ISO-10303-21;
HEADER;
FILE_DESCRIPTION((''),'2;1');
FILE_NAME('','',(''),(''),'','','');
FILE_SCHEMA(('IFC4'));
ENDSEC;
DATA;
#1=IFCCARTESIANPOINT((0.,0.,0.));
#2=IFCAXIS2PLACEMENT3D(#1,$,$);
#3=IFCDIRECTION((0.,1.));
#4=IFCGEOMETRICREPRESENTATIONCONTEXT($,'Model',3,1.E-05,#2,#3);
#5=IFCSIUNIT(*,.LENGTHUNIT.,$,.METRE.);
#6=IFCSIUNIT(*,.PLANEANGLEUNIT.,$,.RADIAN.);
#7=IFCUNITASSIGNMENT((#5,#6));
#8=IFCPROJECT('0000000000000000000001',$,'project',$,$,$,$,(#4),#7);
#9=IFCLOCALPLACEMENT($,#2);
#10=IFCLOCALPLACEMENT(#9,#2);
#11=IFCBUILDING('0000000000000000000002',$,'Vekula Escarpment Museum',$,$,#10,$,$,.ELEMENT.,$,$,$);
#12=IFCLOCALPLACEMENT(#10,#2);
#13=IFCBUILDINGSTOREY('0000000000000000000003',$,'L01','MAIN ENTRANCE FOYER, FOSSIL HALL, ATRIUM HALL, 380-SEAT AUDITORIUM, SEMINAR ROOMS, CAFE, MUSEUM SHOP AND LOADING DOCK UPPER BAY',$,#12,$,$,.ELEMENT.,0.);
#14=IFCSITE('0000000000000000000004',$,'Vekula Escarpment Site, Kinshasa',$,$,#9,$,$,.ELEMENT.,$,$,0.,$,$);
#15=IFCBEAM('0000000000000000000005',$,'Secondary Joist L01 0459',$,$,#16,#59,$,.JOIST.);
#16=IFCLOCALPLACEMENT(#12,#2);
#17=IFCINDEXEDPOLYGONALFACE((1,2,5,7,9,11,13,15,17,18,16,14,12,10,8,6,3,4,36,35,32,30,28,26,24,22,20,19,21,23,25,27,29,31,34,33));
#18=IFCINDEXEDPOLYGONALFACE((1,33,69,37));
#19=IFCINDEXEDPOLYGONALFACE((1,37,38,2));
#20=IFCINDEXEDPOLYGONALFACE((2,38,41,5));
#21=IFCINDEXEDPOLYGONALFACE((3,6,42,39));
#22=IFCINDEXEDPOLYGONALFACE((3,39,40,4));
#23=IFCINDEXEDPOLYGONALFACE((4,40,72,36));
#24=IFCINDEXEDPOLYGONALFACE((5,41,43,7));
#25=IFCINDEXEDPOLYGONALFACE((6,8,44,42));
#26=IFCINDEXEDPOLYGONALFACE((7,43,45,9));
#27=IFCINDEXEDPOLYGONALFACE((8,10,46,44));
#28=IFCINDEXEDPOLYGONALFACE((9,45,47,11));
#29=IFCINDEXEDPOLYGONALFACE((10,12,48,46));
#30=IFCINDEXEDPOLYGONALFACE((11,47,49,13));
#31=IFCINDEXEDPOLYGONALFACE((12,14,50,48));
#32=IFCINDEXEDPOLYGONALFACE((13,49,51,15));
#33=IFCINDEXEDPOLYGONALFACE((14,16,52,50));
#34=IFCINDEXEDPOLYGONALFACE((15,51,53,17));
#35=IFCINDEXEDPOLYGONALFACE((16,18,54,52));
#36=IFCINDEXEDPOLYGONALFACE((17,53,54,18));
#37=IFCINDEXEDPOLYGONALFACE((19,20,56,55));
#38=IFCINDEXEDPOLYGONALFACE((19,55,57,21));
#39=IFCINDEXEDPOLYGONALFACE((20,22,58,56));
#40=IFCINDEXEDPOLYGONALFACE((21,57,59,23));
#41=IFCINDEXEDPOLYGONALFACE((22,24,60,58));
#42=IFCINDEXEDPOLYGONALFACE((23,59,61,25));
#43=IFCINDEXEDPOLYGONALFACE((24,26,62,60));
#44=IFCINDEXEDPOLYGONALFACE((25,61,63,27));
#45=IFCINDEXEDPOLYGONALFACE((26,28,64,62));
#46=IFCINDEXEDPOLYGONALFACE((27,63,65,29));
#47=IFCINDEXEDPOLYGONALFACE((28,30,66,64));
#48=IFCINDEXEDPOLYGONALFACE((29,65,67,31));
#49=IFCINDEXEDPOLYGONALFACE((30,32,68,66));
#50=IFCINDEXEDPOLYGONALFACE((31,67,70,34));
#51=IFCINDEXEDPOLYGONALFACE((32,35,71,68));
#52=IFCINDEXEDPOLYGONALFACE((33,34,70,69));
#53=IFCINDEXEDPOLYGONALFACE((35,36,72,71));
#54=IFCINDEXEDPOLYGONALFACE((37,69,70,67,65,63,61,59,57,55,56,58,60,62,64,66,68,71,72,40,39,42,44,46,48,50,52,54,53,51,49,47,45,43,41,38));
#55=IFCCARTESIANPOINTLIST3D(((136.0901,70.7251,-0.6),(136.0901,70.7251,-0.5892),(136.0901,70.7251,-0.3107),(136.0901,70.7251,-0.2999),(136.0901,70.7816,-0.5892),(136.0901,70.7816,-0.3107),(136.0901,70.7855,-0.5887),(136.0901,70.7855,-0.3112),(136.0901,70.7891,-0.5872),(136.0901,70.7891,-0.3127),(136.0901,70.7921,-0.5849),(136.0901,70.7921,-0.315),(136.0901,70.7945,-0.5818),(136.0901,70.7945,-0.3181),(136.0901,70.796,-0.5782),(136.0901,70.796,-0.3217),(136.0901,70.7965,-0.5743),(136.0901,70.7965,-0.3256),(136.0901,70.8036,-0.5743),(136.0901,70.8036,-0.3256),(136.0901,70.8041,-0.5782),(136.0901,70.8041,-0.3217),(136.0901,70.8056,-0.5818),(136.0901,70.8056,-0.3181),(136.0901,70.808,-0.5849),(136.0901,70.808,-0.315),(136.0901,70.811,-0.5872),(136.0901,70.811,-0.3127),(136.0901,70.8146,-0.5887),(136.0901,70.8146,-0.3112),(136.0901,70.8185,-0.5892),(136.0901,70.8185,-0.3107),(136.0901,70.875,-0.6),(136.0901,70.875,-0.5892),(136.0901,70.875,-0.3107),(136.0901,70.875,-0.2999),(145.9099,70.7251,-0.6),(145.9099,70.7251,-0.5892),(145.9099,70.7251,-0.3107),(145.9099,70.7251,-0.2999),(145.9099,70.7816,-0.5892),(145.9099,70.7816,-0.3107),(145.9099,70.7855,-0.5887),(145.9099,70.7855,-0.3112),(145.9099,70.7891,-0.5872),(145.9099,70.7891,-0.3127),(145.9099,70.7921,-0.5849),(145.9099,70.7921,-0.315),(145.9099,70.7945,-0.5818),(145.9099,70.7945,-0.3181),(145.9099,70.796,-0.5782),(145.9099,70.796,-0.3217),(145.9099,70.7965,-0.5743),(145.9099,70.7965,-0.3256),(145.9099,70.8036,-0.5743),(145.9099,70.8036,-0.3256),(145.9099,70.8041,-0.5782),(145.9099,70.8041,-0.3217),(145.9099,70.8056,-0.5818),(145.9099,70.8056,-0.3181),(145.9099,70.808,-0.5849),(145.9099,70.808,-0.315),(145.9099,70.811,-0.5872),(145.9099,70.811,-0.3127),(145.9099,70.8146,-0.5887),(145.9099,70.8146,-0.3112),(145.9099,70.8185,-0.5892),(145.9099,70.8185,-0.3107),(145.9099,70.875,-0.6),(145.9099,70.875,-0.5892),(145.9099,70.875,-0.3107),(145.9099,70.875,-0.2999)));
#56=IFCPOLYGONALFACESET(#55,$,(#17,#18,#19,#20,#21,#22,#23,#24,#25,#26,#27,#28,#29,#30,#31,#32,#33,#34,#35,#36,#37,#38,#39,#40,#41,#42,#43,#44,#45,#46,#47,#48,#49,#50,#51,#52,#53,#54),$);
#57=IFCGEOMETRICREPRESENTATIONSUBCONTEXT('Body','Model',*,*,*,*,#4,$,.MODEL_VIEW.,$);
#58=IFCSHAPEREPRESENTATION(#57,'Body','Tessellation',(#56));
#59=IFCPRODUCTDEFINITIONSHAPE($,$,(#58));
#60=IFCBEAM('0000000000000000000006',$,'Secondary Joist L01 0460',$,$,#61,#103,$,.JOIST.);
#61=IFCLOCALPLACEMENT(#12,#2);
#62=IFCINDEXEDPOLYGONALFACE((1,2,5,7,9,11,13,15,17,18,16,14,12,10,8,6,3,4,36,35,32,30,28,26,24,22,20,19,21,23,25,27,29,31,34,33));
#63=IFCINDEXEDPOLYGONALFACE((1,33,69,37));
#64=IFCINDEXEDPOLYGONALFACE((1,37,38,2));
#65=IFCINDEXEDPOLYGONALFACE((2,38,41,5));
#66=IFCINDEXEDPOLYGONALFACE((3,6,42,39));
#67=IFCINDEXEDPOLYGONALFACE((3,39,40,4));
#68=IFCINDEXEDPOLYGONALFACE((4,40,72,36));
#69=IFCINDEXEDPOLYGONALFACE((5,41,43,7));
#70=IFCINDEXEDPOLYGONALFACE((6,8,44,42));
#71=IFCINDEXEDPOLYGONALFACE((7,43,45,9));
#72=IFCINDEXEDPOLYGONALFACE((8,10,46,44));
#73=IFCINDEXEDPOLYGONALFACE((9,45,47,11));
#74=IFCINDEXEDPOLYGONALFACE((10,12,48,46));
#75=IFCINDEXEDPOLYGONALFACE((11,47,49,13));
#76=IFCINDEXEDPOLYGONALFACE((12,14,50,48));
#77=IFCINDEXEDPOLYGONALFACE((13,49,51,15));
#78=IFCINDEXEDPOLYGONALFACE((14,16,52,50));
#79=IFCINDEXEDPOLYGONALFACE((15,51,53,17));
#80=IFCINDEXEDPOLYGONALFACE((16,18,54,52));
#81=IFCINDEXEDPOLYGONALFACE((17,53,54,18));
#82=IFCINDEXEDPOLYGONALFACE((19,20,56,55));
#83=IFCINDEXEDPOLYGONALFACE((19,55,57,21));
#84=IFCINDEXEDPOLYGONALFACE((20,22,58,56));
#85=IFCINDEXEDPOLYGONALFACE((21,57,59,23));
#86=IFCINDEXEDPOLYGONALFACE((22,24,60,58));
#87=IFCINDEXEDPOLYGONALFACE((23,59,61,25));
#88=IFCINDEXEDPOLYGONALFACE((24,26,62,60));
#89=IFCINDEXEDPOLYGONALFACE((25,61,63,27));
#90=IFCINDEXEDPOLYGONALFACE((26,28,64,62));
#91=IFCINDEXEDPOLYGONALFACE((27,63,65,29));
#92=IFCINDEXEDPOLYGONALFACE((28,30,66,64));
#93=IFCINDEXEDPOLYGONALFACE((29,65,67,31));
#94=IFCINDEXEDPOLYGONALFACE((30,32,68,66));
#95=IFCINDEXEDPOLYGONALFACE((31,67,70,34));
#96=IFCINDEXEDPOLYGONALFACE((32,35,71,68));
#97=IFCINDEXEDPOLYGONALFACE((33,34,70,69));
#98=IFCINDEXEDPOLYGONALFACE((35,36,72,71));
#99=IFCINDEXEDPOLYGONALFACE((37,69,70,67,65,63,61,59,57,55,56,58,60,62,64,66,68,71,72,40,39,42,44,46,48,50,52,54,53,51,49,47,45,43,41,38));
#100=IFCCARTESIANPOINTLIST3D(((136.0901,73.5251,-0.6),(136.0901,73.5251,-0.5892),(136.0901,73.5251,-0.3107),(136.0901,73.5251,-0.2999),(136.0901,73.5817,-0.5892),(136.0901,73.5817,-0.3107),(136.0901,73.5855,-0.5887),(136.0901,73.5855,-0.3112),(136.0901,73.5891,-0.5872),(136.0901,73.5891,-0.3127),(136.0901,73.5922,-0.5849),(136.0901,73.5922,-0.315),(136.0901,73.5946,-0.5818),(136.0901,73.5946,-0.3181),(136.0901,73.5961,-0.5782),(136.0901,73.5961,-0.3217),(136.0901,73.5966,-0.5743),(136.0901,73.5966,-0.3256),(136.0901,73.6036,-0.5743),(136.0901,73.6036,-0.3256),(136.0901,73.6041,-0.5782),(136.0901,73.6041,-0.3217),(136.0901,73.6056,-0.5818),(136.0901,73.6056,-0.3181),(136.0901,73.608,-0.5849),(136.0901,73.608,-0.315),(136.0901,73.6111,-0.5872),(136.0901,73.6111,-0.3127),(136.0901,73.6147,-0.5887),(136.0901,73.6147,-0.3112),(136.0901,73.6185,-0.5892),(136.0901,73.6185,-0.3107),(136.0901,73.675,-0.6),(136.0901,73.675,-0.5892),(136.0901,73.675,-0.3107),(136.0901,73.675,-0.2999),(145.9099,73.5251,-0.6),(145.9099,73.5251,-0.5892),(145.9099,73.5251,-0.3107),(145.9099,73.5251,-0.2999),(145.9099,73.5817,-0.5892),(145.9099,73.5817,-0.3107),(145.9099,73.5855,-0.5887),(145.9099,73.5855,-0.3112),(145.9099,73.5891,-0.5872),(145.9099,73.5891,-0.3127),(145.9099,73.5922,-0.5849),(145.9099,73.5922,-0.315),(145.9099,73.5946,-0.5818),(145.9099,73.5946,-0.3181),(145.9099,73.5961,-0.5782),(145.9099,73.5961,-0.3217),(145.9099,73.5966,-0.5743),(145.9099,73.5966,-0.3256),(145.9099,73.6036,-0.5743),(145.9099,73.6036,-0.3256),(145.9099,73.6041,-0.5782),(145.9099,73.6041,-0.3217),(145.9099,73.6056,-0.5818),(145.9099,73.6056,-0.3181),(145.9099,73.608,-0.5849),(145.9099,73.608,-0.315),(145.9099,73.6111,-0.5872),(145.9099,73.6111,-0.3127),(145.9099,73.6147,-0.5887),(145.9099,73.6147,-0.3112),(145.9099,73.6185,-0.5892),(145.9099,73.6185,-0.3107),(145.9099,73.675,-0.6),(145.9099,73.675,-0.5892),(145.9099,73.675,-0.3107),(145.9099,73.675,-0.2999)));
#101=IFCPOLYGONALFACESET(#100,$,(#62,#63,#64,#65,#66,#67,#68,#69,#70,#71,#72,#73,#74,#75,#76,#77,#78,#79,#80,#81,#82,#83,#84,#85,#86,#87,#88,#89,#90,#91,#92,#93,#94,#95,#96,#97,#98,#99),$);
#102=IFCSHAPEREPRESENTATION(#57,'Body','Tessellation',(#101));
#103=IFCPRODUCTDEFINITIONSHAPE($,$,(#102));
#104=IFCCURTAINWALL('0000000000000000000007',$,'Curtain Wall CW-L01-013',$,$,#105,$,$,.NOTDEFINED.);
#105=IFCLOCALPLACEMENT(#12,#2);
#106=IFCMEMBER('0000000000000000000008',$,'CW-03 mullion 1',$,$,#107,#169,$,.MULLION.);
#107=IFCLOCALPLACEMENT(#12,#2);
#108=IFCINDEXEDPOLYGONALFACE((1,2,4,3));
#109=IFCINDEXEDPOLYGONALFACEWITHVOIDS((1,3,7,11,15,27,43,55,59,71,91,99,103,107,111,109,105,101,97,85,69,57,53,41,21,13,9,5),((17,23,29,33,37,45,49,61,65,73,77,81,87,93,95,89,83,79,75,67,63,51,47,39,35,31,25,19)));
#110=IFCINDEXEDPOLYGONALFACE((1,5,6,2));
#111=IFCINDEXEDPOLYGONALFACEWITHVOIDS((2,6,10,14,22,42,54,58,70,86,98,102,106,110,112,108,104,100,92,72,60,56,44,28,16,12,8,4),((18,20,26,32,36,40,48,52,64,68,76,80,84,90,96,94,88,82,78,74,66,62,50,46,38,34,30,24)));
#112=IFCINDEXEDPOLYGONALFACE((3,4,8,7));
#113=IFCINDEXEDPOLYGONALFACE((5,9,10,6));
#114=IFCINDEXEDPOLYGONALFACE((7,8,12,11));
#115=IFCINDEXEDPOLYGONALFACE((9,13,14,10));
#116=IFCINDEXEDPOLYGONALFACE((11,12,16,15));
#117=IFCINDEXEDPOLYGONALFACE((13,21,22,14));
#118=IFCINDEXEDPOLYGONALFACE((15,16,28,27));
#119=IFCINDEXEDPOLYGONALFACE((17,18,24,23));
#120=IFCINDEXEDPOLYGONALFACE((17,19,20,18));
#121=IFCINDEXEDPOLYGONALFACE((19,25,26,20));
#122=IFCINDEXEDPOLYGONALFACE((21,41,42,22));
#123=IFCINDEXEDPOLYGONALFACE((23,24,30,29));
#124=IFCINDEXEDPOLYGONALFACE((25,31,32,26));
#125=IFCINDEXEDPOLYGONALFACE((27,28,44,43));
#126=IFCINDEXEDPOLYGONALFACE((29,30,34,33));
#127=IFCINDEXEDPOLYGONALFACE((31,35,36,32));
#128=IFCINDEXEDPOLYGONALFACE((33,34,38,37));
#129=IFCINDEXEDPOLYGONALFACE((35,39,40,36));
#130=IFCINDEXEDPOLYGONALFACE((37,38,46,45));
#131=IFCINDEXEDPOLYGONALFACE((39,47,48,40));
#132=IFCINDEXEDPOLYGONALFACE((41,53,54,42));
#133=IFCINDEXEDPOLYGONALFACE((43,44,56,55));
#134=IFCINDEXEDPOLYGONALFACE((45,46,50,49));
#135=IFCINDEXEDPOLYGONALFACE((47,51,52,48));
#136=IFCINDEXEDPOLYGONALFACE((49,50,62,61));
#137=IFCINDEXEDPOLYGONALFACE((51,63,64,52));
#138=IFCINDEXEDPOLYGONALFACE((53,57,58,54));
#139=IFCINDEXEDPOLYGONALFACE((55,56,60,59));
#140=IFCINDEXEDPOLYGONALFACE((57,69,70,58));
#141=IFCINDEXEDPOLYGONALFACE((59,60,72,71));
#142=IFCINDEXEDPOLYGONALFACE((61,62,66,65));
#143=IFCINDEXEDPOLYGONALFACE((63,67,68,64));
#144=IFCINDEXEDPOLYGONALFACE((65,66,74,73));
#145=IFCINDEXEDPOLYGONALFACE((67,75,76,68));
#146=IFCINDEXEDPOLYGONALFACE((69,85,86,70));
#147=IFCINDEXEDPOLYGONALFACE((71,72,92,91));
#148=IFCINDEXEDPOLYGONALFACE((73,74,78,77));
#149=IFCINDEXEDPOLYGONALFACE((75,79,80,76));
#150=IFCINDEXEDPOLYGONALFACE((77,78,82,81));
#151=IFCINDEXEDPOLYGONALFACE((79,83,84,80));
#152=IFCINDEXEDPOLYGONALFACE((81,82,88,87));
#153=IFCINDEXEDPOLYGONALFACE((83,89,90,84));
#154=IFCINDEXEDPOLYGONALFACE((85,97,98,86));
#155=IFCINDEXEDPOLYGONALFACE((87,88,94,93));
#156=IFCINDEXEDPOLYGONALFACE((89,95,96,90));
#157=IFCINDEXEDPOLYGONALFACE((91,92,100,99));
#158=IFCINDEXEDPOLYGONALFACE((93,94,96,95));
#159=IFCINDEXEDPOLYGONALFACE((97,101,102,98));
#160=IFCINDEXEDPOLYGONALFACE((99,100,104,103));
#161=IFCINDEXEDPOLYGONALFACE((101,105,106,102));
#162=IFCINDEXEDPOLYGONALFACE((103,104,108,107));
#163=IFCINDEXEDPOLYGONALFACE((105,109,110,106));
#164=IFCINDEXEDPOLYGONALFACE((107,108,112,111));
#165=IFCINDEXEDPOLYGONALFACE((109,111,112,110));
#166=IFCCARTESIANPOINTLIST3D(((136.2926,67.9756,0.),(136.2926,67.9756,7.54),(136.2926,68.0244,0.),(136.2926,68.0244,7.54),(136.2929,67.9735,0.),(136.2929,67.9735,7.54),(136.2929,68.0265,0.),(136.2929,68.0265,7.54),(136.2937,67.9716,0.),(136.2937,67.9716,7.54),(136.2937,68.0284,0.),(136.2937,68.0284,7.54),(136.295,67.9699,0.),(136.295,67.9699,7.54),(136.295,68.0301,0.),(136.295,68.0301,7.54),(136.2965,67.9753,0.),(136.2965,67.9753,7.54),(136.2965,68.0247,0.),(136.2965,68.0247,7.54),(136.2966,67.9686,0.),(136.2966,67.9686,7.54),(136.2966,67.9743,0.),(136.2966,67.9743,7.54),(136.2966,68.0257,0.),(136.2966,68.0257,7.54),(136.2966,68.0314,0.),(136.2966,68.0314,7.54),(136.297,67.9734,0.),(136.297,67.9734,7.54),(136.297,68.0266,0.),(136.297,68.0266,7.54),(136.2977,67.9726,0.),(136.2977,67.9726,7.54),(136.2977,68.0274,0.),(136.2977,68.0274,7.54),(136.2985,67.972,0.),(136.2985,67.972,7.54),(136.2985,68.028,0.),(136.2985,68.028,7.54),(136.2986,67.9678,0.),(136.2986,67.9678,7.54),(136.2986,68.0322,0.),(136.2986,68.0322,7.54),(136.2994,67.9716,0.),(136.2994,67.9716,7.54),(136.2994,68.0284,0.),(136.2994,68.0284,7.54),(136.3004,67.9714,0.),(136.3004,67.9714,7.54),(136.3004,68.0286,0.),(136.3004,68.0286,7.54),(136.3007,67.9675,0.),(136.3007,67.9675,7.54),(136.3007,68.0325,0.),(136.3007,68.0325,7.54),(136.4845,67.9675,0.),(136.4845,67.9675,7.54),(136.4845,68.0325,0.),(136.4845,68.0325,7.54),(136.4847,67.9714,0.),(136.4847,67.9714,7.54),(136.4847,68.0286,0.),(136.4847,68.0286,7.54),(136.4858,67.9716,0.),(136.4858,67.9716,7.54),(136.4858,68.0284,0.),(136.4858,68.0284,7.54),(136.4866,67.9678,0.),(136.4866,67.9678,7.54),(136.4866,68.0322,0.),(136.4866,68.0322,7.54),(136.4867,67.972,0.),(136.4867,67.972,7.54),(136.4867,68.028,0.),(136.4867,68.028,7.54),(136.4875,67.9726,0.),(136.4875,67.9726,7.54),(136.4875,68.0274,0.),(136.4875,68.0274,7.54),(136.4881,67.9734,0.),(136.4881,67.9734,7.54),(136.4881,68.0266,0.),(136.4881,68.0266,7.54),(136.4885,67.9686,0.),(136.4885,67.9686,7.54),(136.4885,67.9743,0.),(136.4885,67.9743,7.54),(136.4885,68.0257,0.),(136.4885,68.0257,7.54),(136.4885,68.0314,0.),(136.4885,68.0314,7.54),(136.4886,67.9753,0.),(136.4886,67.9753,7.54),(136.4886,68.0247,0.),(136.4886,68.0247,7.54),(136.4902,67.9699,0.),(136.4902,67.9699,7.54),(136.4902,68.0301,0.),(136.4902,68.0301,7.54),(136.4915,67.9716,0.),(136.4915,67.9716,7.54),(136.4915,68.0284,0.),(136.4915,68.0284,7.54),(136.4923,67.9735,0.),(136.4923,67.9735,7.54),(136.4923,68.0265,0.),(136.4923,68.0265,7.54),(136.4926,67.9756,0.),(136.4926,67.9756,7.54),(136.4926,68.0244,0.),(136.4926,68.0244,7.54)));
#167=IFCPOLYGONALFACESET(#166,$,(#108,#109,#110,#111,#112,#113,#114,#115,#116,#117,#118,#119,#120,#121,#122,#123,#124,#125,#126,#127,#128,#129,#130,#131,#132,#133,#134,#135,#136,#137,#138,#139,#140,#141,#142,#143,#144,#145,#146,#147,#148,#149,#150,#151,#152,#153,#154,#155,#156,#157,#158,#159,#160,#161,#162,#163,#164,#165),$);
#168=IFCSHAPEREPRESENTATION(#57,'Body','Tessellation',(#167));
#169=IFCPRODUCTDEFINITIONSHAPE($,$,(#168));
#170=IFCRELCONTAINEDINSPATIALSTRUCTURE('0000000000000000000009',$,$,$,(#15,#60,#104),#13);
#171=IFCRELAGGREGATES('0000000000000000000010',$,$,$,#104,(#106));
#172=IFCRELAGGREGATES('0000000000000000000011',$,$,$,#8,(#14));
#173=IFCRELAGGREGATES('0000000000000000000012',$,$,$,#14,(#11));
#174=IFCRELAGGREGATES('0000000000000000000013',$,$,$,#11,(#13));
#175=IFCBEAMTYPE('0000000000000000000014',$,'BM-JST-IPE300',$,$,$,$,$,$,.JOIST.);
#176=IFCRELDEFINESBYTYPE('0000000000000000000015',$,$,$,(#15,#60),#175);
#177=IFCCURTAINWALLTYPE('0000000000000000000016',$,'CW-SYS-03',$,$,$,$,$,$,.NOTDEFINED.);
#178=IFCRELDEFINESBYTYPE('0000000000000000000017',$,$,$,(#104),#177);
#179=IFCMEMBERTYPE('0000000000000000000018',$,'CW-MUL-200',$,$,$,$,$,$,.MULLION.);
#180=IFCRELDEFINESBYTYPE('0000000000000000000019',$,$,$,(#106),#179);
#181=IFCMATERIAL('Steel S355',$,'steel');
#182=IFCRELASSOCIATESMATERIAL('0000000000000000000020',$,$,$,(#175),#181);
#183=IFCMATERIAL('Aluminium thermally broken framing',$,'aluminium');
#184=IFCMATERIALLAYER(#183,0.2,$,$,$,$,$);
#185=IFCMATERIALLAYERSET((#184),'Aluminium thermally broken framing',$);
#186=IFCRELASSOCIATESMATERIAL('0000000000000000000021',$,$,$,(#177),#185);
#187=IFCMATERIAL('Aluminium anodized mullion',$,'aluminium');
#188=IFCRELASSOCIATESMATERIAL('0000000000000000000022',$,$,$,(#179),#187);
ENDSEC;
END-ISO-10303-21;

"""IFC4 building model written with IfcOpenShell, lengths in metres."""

from ifc_helpers import new_model, si_unit, direction, frame, origin, origin_2d, place, context, subcontext, project, spatial, hollow_rectangle, i_section, extrude, material, layer, layer_set, material_profile, profile_set, type_object, element, aggregate, save


model = new_model("IFC4")

# Units and contexts
model_context = context("Model", 3, precision=1e-05, world=origin(), true_north=direction((0.0, 1.0)))
body_context = subcontext(model_context, "Body", "Model", "MODEL_VIEW")
ifc_project = project(units=[si_unit("LENGTHUNIT", "METRE"), si_unit("PLANEANGLEUNIT", "RADIAN")], contexts=[model_context])

# Site, building, storey
site_placement = place(None, origin())
site = spatial("IfcSite", under=ifc_project, at=site_placement, Name="Vekula Escarpment Site, Kinshasa", CompositionType="ELEMENT", RefElevation=0.0)
building_placement = place(site_placement, origin())
building = spatial("IfcBuilding", under=site, at=building_placement, Name="Vekula Escarpment Museum", CompositionType="ELEMENT")
storey_placement = place(building_placement, origin())
storey = spatial("IfcBuildingStorey", under=building, at=storey_placement, Name="L01", Description="MAIN ENTRANCE FOYER, FOSSIL HALL, ATRIUM HALL, 380-SEAT AUDITORIUM, SEMINAR ROOMS, CAFE, MUSEUM SHOP AND LOADING DOCK UPPER BAY", CompositionType="ELEMENT", Elevation=0.0)

# Beams
ifc_material_1 = material(Name="Steel S355", Category="steel")
ifc_material_profile_1 = material_profile(ifc_material_1, i_section(OverallWidth=0.1499, OverallDepth=0.3, WebThickness=0.0071, FlangeThickness=0.0107, FilletRadius=0.0149, at=origin_2d()), Name="IPE 300")
ifc_profile_set_1 = profile_set([ifc_material_profile_1], Name="Steel S355")
beam_type = type_object("IfcBeamType", Name="BM-JST-IPE300", PredefinedType="JOIST", material=ifc_profile_set_1)
for number, where, z_axis, x_axis, name in (
    (1, (136.0901, 70.8, -0.45), (1.0, 0.0, 0.0), (0.0, 1.0, 0.0), "Secondary Joist L01 0459"),
    (2, (136.0901, 73.6001, -0.45), (1.0, 0.0, 0.0), (0.0, 1.0, 0.0), "Secondary Joist L01 0460"),
):
    element("IfcBeam", number, at=place(storey_placement, frame(where, z_axis=z_axis, x_axis=x_axis)), inside=storey, type_object=beam_type, Name=name, PredefinedType="JOIST", context=body_context, shape_type="SweptSolid", body=[
        extrude(i_section(OverallWidth=0.1499, OverallDepth=0.3, WebThickness=0.0071, FlangeThickness=0.0107, FilletRadius=0.0149, at=origin_2d()), origin(), (0.0, 0.0, 1.0), 9.8198),
    ])

# Curtain wall, member
ifc_material_2 = material(Name="Aluminium thermally broken framing", Category="aluminium")
ifc_layer_1 = layer(ifc_material_2, 0.2)
ifc_layer_set_1 = layer_set([ifc_layer_1], Name="Aluminium thermally broken framing")
curtain_wall_type = type_object("IfcCurtainWallType", Name="CW-SYS-03", PredefinedType="NOTDEFINED", material=ifc_layer_set_1)
curtain_wall_placement = place(storey_placement, origin())
curtain_wall = element("IfcCurtainWall", 3, at=curtain_wall_placement, inside=storey, type_object=curtain_wall_type, Name="Curtain Wall CW-L01-013", PredefinedType="NOTDEFINED")
ifc_material_3 = material(Name="Aluminium anodized mullion", Category="aluminium")
ifc_material_profile_2 = material_profile(ifc_material_3, hollow_rectangle(XDim=0.0649, YDim=0.2, WallThickness=0.0039, InnerFilletRadius=0.0039, OuterFilletRadius=0.0081, at=origin_2d()), Name="ALU 200x65x4")
ifc_profile_set_2 = profile_set([ifc_material_profile_2], Name="Aluminium anodized mullion")
member_type_1 = type_object("IfcMemberType", Name="CW-MUL-200", PredefinedType="MULLION", material=ifc_profile_set_2)
member_1_placement = place(storey_placement, frame((136.3926, 68.0, 0.0), z_axis=(0.0, 0.0, 1.0), x_axis=(0.0, 1.0, 0.0)))
member_1 = element("IfcMember", 4, at=member_1_placement, type_object=member_type_1, Name="CW-03 mullion 1", PredefinedType="MULLION", context=body_context, shape_type="SweptSolid", body=[
    extrude(hollow_rectangle(XDim=0.0649, YDim=0.2, WallThickness=0.0039, InnerFilletRadius=0.0039, OuterFilletRadius=0.0081, at=origin_2d()), origin(), (0.0, 0.0, 1.0), 7.54),
])
aggregate(curtain_wall, [member_1])

save(model, "model.ifc")
